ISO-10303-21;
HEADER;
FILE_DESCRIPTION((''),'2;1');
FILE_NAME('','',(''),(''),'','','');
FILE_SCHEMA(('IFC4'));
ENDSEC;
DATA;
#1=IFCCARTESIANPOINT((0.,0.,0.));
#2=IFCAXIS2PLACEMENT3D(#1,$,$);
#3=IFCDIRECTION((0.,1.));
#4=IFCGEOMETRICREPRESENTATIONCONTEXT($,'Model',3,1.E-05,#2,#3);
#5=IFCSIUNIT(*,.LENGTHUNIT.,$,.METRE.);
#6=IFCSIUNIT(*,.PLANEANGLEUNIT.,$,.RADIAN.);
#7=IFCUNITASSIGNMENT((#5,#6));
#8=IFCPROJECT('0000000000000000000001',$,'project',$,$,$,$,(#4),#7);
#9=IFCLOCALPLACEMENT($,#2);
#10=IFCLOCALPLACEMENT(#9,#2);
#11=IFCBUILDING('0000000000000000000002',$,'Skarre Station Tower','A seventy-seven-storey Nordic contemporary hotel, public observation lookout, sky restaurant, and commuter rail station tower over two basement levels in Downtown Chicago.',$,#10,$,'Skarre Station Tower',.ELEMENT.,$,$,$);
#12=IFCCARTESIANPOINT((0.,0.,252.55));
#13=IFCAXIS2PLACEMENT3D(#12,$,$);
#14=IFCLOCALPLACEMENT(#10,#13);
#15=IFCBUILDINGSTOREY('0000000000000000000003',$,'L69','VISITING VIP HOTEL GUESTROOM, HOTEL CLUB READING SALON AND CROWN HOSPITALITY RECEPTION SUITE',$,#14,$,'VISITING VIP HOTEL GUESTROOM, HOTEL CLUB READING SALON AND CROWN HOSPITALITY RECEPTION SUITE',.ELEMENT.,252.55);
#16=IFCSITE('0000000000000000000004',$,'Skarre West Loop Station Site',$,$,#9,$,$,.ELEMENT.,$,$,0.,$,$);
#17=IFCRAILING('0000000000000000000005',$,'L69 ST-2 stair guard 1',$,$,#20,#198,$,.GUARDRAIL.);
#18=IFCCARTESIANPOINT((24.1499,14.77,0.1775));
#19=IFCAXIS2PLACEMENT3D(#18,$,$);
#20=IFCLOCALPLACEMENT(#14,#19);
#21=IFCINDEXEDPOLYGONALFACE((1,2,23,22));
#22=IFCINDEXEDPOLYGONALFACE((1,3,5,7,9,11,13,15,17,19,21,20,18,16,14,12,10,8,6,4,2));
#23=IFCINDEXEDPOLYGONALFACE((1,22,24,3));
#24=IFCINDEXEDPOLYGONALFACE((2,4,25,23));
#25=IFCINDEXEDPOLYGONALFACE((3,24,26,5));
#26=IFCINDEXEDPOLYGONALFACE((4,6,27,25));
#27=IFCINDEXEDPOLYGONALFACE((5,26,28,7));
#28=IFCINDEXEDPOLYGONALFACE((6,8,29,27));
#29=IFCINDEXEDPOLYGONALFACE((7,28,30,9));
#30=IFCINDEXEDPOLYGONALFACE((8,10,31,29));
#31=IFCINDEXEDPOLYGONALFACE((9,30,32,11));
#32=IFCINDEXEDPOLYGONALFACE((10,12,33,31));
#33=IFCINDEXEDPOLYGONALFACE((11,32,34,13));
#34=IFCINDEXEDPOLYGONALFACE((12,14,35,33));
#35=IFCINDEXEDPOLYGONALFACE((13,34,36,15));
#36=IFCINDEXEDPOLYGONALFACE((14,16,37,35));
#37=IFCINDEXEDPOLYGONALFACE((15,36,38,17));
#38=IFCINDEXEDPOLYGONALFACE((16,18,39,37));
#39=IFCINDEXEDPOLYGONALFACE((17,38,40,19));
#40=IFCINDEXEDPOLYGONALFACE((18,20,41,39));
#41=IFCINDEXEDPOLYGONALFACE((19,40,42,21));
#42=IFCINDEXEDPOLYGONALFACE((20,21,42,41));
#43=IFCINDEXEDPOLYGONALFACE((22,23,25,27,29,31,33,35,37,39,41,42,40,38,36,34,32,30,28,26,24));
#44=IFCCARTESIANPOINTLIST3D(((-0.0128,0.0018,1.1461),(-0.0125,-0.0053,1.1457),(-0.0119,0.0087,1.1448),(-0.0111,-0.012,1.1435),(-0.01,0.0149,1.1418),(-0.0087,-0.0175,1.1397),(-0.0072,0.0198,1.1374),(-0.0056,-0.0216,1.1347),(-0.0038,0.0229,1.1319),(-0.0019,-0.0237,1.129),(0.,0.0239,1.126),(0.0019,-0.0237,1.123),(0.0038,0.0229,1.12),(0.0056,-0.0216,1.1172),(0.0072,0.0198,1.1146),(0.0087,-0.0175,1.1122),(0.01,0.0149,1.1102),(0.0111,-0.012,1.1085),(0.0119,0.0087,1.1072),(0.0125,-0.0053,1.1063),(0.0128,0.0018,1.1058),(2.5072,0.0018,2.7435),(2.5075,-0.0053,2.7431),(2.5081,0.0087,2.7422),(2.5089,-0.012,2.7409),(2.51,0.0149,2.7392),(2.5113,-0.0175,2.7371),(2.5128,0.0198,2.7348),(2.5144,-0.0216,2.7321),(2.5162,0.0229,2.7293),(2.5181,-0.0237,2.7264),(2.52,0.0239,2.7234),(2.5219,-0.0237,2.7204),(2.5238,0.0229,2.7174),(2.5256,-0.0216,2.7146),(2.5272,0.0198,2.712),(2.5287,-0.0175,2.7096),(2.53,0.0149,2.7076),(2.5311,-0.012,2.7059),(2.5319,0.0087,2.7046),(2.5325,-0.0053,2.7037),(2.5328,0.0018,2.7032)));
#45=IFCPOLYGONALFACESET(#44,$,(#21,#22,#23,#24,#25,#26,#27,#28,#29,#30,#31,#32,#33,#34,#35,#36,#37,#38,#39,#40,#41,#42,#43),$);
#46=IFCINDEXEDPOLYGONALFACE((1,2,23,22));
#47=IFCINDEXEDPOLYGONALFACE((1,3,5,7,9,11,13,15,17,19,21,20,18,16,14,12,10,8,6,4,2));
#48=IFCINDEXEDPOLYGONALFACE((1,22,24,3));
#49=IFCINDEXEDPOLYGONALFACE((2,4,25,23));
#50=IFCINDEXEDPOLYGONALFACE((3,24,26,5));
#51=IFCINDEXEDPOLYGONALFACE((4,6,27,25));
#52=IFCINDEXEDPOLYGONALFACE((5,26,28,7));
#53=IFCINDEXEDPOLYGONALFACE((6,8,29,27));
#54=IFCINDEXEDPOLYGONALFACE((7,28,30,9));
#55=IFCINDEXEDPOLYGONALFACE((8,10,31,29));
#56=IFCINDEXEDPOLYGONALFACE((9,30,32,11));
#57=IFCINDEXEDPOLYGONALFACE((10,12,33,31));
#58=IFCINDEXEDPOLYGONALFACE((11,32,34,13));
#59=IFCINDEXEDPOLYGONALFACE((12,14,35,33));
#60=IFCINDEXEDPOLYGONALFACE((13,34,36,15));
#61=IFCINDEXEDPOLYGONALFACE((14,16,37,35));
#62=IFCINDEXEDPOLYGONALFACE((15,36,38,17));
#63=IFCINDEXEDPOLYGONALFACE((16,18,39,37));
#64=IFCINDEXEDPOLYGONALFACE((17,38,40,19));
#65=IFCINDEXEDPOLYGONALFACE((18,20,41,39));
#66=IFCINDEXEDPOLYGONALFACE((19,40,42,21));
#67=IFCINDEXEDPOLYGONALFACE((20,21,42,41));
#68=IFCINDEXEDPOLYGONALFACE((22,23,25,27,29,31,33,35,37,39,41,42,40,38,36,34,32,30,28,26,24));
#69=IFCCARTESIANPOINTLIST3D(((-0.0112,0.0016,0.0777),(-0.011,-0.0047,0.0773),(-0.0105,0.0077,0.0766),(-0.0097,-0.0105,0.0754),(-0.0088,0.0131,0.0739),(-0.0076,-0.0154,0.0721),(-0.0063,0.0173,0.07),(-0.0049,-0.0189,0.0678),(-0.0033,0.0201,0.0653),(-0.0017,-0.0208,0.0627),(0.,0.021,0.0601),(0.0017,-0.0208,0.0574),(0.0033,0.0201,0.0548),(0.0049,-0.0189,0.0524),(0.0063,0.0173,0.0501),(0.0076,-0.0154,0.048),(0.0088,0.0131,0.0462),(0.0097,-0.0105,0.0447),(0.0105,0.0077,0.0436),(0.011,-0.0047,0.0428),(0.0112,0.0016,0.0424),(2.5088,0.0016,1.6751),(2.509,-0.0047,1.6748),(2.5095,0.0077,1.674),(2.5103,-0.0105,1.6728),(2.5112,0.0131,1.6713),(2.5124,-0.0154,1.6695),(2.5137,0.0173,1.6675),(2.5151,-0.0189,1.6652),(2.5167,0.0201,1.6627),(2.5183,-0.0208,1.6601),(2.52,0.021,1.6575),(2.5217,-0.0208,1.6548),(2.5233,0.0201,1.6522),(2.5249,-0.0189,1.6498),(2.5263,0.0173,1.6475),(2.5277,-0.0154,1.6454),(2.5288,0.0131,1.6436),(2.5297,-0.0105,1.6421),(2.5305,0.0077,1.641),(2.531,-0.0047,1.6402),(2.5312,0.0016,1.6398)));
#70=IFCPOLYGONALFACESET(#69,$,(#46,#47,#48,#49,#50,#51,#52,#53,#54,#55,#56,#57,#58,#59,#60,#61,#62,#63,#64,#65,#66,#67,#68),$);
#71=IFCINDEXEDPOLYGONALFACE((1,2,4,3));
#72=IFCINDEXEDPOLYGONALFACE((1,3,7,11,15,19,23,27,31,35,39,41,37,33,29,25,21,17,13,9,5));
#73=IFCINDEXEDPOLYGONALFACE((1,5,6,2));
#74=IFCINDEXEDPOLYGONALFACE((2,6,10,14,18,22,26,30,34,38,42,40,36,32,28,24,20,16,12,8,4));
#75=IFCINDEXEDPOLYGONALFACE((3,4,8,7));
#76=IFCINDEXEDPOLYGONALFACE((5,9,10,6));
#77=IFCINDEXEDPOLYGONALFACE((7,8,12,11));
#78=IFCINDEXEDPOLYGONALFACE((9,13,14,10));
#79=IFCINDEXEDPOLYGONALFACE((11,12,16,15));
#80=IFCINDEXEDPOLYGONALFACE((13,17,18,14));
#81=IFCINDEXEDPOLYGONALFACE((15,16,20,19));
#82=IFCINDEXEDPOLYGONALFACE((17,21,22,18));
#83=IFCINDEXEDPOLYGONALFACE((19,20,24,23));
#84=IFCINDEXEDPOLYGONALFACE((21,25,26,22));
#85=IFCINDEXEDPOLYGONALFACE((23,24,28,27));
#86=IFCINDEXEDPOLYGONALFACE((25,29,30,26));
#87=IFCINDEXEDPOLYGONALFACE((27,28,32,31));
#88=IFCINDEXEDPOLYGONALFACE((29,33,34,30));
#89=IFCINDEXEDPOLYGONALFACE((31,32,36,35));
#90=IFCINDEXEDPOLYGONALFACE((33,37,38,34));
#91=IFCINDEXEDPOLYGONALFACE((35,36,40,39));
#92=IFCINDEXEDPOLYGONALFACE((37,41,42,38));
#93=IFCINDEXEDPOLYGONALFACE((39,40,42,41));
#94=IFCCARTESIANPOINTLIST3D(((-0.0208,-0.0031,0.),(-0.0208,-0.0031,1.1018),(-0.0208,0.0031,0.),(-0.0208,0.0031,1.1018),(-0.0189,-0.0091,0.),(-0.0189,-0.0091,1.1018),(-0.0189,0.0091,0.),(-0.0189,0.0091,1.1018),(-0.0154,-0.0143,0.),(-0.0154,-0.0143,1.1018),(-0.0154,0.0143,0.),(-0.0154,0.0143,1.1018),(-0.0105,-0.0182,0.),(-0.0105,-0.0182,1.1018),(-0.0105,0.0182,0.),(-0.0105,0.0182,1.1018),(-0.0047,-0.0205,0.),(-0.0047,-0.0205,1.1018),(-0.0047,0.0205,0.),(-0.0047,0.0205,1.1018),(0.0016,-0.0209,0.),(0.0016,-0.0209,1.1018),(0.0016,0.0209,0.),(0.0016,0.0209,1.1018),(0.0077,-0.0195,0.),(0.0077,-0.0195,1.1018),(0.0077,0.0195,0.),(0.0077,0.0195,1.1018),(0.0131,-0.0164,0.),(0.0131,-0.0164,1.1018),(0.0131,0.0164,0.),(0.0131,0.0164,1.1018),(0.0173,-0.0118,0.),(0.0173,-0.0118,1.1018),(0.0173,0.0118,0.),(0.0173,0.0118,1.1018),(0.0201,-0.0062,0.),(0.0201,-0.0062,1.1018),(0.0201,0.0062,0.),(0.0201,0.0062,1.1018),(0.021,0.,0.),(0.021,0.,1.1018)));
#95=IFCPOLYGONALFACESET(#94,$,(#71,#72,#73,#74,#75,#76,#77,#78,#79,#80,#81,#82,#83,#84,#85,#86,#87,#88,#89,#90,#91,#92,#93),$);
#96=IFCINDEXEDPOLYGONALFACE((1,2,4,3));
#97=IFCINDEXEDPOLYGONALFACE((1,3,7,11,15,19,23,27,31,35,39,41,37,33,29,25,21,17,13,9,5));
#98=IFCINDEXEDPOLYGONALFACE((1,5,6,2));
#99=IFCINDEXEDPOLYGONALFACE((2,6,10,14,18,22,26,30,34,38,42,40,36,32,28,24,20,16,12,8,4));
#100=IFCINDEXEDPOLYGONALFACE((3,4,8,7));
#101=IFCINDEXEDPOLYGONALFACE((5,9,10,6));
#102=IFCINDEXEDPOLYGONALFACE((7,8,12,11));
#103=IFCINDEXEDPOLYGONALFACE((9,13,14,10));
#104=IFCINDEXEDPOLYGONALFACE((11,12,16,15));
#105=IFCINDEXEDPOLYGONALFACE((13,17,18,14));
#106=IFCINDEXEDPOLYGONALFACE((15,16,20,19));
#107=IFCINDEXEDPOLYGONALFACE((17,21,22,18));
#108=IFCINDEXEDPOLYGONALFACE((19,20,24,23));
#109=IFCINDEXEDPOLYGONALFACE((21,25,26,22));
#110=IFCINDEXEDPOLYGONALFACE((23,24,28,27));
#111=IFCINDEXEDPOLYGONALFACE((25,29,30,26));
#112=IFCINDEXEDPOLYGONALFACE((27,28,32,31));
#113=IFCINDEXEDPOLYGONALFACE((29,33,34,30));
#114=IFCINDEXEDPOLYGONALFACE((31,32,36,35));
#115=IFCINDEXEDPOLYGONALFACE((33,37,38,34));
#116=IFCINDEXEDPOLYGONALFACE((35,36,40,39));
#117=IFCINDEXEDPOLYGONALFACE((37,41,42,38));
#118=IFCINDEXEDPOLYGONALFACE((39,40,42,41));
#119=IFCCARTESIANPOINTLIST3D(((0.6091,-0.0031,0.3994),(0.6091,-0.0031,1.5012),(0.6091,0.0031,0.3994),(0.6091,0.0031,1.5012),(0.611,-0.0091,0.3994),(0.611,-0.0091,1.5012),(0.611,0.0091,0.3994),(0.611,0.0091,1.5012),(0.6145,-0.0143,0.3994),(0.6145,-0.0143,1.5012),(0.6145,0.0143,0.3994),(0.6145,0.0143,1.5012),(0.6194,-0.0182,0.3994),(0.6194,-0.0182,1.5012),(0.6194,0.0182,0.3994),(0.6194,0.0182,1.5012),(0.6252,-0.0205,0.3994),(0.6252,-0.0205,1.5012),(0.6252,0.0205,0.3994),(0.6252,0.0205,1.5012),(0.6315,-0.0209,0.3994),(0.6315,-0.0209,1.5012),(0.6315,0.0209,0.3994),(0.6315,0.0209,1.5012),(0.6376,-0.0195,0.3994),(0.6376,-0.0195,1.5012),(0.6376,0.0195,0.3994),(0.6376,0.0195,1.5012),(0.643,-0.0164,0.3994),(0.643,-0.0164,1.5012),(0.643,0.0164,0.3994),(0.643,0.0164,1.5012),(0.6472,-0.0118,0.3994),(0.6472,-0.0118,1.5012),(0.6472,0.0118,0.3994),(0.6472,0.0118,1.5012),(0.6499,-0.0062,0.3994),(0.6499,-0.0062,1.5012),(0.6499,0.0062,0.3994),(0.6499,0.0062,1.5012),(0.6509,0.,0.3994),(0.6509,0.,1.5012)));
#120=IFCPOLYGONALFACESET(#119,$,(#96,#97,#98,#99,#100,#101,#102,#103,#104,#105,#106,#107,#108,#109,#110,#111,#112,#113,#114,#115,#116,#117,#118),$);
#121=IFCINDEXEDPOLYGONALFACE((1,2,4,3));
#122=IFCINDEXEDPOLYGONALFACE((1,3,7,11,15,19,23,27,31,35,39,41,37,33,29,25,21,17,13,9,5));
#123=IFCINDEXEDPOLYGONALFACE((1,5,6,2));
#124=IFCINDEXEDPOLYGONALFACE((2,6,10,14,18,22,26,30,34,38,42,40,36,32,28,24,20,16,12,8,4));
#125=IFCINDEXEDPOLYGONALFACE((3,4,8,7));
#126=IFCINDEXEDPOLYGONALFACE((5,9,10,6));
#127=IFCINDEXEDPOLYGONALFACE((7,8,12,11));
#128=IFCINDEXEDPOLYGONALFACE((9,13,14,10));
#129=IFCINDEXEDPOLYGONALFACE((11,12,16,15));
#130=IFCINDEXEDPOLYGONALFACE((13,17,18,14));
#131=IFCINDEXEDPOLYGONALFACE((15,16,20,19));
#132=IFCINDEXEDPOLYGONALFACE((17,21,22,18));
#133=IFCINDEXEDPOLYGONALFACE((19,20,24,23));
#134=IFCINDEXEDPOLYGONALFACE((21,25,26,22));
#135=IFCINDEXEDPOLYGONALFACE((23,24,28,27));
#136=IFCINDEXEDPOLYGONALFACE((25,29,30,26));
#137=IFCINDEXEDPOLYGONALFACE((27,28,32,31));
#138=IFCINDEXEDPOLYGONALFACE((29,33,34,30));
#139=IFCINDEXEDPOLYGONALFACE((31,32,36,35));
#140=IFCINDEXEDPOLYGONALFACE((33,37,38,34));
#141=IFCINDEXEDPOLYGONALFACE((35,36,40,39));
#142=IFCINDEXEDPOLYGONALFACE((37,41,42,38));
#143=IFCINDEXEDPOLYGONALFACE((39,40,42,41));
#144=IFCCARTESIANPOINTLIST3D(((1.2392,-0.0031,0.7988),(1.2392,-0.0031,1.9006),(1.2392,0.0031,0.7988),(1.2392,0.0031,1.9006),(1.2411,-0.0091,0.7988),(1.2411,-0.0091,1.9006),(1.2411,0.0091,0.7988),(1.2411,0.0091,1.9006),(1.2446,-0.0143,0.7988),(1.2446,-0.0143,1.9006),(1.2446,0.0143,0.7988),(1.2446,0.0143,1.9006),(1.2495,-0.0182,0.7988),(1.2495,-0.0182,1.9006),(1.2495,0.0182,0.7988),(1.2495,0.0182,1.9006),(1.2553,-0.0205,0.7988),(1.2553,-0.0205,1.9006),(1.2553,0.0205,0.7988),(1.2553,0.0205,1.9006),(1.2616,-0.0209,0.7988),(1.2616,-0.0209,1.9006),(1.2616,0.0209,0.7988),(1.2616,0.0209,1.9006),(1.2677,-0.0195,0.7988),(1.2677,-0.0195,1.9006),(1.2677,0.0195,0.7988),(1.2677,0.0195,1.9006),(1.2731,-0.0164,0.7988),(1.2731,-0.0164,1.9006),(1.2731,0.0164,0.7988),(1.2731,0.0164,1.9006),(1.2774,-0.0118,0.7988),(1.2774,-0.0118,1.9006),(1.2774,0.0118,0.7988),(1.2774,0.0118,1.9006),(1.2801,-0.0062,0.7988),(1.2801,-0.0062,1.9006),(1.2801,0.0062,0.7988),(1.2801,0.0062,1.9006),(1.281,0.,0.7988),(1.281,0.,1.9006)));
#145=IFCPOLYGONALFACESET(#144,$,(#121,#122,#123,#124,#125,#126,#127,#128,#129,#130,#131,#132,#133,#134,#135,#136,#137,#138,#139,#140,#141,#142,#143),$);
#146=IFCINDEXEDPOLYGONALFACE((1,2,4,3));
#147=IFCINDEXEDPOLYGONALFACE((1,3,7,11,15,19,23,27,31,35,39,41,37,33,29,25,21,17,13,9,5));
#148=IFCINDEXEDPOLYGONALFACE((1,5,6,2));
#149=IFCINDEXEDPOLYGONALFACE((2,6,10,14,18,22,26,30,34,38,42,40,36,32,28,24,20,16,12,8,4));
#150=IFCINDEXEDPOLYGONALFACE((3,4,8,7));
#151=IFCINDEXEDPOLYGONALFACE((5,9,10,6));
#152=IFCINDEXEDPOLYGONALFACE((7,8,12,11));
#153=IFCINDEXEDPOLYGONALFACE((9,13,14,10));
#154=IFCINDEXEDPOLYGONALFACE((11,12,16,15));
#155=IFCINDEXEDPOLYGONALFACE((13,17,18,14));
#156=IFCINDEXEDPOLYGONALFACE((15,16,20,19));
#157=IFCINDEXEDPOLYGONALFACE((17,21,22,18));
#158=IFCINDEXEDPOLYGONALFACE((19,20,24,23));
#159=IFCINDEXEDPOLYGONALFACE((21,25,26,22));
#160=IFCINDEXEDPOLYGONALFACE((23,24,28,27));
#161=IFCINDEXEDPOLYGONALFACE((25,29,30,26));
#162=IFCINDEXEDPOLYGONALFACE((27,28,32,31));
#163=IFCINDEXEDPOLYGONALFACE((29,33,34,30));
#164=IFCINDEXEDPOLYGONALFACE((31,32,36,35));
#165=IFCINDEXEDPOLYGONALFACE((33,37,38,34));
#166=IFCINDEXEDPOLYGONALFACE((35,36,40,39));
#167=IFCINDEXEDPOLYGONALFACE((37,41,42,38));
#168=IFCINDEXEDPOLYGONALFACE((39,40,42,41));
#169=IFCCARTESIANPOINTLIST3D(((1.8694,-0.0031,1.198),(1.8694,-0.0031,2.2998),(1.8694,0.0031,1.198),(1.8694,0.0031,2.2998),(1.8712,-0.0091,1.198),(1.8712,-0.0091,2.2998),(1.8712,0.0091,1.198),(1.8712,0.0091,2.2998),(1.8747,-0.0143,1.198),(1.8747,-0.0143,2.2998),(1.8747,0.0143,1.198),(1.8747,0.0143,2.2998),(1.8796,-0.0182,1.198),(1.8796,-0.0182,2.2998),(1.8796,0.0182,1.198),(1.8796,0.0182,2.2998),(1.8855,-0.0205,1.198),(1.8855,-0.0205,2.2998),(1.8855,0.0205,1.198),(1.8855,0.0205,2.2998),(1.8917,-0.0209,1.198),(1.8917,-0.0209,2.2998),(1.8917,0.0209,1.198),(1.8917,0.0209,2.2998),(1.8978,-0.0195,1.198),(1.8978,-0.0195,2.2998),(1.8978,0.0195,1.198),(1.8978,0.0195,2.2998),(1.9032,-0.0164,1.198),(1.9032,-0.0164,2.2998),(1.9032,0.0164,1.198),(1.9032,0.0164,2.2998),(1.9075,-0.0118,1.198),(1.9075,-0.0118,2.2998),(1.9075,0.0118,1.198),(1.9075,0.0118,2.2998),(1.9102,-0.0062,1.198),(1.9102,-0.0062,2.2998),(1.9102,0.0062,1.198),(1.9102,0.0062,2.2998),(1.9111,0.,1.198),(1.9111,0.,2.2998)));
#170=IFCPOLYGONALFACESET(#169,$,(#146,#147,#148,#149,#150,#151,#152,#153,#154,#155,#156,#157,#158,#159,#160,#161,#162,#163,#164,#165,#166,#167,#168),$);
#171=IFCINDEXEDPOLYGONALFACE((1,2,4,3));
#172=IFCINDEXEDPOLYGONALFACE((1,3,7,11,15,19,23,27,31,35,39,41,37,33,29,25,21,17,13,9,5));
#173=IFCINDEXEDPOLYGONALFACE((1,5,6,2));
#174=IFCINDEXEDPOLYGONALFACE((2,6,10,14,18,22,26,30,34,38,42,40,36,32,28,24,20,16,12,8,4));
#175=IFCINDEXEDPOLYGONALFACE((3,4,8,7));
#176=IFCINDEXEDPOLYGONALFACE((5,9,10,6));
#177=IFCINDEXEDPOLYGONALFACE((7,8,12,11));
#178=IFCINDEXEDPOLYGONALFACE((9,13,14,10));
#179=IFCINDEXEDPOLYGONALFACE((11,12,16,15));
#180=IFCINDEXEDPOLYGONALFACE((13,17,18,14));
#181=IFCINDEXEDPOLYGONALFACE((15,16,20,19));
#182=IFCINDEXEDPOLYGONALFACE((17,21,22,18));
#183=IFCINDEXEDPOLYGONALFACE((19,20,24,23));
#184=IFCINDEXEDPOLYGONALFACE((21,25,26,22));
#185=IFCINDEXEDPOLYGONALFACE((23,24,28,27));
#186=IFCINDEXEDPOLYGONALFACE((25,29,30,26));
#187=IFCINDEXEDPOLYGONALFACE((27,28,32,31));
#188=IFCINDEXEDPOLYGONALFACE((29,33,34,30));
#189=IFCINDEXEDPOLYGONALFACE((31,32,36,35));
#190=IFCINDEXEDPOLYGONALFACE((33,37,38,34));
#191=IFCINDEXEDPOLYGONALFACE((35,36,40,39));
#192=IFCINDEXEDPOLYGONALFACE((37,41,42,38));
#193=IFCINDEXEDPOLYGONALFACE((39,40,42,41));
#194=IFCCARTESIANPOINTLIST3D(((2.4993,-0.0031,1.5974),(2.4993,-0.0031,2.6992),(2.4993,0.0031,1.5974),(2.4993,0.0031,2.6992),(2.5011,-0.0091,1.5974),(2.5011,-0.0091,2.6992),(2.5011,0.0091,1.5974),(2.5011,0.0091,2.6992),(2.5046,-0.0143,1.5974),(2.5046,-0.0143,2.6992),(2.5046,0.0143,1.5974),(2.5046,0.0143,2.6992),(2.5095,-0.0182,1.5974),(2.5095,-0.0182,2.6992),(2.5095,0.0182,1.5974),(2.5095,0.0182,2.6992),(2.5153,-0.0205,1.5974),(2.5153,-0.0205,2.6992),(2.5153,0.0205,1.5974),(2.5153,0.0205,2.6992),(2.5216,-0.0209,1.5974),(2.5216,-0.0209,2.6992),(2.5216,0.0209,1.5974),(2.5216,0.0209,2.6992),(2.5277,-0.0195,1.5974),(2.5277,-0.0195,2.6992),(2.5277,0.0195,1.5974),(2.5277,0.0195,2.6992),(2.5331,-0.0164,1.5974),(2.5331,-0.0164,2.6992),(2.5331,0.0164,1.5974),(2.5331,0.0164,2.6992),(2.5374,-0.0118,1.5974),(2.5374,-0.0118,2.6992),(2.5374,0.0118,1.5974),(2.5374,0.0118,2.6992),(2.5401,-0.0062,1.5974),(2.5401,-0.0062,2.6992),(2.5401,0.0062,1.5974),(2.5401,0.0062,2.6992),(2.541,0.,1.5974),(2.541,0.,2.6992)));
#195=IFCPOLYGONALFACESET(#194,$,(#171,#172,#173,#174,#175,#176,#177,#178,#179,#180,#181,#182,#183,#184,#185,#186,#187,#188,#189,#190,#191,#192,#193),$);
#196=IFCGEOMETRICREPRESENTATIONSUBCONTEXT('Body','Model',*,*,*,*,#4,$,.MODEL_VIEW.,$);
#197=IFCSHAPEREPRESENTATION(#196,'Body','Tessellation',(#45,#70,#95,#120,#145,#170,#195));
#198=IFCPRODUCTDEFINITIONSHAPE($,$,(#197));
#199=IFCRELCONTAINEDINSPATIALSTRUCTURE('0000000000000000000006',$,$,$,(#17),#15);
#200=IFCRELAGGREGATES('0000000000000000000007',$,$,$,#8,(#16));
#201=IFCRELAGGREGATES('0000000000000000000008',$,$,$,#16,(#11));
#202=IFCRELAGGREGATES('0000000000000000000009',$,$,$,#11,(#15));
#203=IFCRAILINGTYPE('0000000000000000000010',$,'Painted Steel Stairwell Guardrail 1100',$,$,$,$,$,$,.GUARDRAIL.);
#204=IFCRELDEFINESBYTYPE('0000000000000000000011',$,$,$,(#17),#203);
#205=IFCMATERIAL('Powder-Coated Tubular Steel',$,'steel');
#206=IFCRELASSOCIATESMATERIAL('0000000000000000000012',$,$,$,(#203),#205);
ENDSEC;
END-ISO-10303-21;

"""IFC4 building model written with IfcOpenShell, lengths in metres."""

from ifc_helpers import new_model, si_unit, direction, frame, origin, origin_2d, place, context, subcontext, project, spatial, circle, extrude, material, type_object, element, save


model = new_model("IFC4")

# Units and contexts
model_context = context("Model", 3, precision=1e-05, world=origin(), true_north=direction((0.0, 1.0)))
body_context = subcontext(model_context, "Body", "Model", "MODEL_VIEW")
ifc_project = project(units=[si_unit("LENGTHUNIT", "METRE"), si_unit("PLANEANGLEUNIT", "RADIAN")], contexts=[model_context])

# Site, building, storey
site_placement = place(None, origin())
site = spatial("IfcSite", under=ifc_project, at=site_placement, Name="Skarre West Loop Station Site", CompositionType="ELEMENT", RefElevation=0.0)
building_placement = place(site_placement, origin())
building = spatial("IfcBuilding", under=site, at=building_placement, Name="Skarre Station Tower", Description="A seventy-seven-storey Nordic contemporary hotel, public observation lookout, sky restaurant, and commuter rail station tower over two basement levels in Downtown Chicago.", LongName="Skarre Station Tower", CompositionType="ELEMENT")
storey_placement = place(building_placement, frame((0.0, 0.0, 252.55)))
storey = spatial("IfcBuildingStorey", under=building, at=storey_placement, Name="L69", Description="VISITING VIP HOTEL GUESTROOM, HOTEL CLUB READING SALON AND CROWN HOSPITALITY RECEPTION SUITE", LongName="VISITING VIP HOTEL GUESTROOM, HOTEL CLUB READING SALON AND CROWN HOSPITALITY RECEPTION SUITE", CompositionType="ELEMENT", Elevation=252.55)

# Railing
ifc_material_1 = material(Name="Powder-Coated Tubular Steel", Category="steel")
railing_type_1 = type_object("IfcRailingType", Name="Painted Steel Stairwell Guardrail 1100", PredefinedType="GUARDRAIL", material=ifc_material_1)
railing_1_placement = place(storey_placement, frame((24.1499, 14.77, 0.1775)))
element("IfcRailing", 1, at=railing_1_placement, inside=storey, type_object=railing_type_1, Name="L69 ST-2 stair guard 1", PredefinedType="GUARDRAIL", context=body_context, shape_type="SweptSolid", body=[
    extrude(circle(Radius=0.0239, at=origin_2d()), frame((0.0, 0.0, 1.126), z_axis=(0.844607, 0.0, 0.535387), x_axis=(0.0, 1.0, 0.0)), (0.0, 0.0, 1.0), 2.9836),
    extrude(circle(Radius=0.021, at=origin_2d()), frame((0.0, 0.0, 0.0601), z_axis=(0.844607, 0.0, 0.535387), x_axis=(0.0, 1.0, 0.0)), (0.0, 0.0, 1.0), 2.9836),
    extrude(circle(Radius=0.021, at=origin_2d()), origin(), (0.0, 0.0, 1.0), 1.1018),
    extrude(circle(Radius=0.021, at=origin_2d()), frame((0.6299, 0.0, 0.3994)), (0.0, 0.0, 1.0), 1.1018),
    extrude(circle(Radius=0.021, at=origin_2d()), frame((1.26, 0.0, 0.7988)), (0.0, 0.0, 1.0), 1.1018),
    extrude(circle(Radius=0.021, at=origin_2d()), frame((1.8901, 0.0, 1.198)), (0.0, 0.0, 1.0), 1.1018),
    extrude(circle(Radius=0.021, at=origin_2d()), frame((2.52, 0.0, 1.5974)), (0.0, 0.0, 1.0), 1.1018),
])

save(model, "model.ifc")
